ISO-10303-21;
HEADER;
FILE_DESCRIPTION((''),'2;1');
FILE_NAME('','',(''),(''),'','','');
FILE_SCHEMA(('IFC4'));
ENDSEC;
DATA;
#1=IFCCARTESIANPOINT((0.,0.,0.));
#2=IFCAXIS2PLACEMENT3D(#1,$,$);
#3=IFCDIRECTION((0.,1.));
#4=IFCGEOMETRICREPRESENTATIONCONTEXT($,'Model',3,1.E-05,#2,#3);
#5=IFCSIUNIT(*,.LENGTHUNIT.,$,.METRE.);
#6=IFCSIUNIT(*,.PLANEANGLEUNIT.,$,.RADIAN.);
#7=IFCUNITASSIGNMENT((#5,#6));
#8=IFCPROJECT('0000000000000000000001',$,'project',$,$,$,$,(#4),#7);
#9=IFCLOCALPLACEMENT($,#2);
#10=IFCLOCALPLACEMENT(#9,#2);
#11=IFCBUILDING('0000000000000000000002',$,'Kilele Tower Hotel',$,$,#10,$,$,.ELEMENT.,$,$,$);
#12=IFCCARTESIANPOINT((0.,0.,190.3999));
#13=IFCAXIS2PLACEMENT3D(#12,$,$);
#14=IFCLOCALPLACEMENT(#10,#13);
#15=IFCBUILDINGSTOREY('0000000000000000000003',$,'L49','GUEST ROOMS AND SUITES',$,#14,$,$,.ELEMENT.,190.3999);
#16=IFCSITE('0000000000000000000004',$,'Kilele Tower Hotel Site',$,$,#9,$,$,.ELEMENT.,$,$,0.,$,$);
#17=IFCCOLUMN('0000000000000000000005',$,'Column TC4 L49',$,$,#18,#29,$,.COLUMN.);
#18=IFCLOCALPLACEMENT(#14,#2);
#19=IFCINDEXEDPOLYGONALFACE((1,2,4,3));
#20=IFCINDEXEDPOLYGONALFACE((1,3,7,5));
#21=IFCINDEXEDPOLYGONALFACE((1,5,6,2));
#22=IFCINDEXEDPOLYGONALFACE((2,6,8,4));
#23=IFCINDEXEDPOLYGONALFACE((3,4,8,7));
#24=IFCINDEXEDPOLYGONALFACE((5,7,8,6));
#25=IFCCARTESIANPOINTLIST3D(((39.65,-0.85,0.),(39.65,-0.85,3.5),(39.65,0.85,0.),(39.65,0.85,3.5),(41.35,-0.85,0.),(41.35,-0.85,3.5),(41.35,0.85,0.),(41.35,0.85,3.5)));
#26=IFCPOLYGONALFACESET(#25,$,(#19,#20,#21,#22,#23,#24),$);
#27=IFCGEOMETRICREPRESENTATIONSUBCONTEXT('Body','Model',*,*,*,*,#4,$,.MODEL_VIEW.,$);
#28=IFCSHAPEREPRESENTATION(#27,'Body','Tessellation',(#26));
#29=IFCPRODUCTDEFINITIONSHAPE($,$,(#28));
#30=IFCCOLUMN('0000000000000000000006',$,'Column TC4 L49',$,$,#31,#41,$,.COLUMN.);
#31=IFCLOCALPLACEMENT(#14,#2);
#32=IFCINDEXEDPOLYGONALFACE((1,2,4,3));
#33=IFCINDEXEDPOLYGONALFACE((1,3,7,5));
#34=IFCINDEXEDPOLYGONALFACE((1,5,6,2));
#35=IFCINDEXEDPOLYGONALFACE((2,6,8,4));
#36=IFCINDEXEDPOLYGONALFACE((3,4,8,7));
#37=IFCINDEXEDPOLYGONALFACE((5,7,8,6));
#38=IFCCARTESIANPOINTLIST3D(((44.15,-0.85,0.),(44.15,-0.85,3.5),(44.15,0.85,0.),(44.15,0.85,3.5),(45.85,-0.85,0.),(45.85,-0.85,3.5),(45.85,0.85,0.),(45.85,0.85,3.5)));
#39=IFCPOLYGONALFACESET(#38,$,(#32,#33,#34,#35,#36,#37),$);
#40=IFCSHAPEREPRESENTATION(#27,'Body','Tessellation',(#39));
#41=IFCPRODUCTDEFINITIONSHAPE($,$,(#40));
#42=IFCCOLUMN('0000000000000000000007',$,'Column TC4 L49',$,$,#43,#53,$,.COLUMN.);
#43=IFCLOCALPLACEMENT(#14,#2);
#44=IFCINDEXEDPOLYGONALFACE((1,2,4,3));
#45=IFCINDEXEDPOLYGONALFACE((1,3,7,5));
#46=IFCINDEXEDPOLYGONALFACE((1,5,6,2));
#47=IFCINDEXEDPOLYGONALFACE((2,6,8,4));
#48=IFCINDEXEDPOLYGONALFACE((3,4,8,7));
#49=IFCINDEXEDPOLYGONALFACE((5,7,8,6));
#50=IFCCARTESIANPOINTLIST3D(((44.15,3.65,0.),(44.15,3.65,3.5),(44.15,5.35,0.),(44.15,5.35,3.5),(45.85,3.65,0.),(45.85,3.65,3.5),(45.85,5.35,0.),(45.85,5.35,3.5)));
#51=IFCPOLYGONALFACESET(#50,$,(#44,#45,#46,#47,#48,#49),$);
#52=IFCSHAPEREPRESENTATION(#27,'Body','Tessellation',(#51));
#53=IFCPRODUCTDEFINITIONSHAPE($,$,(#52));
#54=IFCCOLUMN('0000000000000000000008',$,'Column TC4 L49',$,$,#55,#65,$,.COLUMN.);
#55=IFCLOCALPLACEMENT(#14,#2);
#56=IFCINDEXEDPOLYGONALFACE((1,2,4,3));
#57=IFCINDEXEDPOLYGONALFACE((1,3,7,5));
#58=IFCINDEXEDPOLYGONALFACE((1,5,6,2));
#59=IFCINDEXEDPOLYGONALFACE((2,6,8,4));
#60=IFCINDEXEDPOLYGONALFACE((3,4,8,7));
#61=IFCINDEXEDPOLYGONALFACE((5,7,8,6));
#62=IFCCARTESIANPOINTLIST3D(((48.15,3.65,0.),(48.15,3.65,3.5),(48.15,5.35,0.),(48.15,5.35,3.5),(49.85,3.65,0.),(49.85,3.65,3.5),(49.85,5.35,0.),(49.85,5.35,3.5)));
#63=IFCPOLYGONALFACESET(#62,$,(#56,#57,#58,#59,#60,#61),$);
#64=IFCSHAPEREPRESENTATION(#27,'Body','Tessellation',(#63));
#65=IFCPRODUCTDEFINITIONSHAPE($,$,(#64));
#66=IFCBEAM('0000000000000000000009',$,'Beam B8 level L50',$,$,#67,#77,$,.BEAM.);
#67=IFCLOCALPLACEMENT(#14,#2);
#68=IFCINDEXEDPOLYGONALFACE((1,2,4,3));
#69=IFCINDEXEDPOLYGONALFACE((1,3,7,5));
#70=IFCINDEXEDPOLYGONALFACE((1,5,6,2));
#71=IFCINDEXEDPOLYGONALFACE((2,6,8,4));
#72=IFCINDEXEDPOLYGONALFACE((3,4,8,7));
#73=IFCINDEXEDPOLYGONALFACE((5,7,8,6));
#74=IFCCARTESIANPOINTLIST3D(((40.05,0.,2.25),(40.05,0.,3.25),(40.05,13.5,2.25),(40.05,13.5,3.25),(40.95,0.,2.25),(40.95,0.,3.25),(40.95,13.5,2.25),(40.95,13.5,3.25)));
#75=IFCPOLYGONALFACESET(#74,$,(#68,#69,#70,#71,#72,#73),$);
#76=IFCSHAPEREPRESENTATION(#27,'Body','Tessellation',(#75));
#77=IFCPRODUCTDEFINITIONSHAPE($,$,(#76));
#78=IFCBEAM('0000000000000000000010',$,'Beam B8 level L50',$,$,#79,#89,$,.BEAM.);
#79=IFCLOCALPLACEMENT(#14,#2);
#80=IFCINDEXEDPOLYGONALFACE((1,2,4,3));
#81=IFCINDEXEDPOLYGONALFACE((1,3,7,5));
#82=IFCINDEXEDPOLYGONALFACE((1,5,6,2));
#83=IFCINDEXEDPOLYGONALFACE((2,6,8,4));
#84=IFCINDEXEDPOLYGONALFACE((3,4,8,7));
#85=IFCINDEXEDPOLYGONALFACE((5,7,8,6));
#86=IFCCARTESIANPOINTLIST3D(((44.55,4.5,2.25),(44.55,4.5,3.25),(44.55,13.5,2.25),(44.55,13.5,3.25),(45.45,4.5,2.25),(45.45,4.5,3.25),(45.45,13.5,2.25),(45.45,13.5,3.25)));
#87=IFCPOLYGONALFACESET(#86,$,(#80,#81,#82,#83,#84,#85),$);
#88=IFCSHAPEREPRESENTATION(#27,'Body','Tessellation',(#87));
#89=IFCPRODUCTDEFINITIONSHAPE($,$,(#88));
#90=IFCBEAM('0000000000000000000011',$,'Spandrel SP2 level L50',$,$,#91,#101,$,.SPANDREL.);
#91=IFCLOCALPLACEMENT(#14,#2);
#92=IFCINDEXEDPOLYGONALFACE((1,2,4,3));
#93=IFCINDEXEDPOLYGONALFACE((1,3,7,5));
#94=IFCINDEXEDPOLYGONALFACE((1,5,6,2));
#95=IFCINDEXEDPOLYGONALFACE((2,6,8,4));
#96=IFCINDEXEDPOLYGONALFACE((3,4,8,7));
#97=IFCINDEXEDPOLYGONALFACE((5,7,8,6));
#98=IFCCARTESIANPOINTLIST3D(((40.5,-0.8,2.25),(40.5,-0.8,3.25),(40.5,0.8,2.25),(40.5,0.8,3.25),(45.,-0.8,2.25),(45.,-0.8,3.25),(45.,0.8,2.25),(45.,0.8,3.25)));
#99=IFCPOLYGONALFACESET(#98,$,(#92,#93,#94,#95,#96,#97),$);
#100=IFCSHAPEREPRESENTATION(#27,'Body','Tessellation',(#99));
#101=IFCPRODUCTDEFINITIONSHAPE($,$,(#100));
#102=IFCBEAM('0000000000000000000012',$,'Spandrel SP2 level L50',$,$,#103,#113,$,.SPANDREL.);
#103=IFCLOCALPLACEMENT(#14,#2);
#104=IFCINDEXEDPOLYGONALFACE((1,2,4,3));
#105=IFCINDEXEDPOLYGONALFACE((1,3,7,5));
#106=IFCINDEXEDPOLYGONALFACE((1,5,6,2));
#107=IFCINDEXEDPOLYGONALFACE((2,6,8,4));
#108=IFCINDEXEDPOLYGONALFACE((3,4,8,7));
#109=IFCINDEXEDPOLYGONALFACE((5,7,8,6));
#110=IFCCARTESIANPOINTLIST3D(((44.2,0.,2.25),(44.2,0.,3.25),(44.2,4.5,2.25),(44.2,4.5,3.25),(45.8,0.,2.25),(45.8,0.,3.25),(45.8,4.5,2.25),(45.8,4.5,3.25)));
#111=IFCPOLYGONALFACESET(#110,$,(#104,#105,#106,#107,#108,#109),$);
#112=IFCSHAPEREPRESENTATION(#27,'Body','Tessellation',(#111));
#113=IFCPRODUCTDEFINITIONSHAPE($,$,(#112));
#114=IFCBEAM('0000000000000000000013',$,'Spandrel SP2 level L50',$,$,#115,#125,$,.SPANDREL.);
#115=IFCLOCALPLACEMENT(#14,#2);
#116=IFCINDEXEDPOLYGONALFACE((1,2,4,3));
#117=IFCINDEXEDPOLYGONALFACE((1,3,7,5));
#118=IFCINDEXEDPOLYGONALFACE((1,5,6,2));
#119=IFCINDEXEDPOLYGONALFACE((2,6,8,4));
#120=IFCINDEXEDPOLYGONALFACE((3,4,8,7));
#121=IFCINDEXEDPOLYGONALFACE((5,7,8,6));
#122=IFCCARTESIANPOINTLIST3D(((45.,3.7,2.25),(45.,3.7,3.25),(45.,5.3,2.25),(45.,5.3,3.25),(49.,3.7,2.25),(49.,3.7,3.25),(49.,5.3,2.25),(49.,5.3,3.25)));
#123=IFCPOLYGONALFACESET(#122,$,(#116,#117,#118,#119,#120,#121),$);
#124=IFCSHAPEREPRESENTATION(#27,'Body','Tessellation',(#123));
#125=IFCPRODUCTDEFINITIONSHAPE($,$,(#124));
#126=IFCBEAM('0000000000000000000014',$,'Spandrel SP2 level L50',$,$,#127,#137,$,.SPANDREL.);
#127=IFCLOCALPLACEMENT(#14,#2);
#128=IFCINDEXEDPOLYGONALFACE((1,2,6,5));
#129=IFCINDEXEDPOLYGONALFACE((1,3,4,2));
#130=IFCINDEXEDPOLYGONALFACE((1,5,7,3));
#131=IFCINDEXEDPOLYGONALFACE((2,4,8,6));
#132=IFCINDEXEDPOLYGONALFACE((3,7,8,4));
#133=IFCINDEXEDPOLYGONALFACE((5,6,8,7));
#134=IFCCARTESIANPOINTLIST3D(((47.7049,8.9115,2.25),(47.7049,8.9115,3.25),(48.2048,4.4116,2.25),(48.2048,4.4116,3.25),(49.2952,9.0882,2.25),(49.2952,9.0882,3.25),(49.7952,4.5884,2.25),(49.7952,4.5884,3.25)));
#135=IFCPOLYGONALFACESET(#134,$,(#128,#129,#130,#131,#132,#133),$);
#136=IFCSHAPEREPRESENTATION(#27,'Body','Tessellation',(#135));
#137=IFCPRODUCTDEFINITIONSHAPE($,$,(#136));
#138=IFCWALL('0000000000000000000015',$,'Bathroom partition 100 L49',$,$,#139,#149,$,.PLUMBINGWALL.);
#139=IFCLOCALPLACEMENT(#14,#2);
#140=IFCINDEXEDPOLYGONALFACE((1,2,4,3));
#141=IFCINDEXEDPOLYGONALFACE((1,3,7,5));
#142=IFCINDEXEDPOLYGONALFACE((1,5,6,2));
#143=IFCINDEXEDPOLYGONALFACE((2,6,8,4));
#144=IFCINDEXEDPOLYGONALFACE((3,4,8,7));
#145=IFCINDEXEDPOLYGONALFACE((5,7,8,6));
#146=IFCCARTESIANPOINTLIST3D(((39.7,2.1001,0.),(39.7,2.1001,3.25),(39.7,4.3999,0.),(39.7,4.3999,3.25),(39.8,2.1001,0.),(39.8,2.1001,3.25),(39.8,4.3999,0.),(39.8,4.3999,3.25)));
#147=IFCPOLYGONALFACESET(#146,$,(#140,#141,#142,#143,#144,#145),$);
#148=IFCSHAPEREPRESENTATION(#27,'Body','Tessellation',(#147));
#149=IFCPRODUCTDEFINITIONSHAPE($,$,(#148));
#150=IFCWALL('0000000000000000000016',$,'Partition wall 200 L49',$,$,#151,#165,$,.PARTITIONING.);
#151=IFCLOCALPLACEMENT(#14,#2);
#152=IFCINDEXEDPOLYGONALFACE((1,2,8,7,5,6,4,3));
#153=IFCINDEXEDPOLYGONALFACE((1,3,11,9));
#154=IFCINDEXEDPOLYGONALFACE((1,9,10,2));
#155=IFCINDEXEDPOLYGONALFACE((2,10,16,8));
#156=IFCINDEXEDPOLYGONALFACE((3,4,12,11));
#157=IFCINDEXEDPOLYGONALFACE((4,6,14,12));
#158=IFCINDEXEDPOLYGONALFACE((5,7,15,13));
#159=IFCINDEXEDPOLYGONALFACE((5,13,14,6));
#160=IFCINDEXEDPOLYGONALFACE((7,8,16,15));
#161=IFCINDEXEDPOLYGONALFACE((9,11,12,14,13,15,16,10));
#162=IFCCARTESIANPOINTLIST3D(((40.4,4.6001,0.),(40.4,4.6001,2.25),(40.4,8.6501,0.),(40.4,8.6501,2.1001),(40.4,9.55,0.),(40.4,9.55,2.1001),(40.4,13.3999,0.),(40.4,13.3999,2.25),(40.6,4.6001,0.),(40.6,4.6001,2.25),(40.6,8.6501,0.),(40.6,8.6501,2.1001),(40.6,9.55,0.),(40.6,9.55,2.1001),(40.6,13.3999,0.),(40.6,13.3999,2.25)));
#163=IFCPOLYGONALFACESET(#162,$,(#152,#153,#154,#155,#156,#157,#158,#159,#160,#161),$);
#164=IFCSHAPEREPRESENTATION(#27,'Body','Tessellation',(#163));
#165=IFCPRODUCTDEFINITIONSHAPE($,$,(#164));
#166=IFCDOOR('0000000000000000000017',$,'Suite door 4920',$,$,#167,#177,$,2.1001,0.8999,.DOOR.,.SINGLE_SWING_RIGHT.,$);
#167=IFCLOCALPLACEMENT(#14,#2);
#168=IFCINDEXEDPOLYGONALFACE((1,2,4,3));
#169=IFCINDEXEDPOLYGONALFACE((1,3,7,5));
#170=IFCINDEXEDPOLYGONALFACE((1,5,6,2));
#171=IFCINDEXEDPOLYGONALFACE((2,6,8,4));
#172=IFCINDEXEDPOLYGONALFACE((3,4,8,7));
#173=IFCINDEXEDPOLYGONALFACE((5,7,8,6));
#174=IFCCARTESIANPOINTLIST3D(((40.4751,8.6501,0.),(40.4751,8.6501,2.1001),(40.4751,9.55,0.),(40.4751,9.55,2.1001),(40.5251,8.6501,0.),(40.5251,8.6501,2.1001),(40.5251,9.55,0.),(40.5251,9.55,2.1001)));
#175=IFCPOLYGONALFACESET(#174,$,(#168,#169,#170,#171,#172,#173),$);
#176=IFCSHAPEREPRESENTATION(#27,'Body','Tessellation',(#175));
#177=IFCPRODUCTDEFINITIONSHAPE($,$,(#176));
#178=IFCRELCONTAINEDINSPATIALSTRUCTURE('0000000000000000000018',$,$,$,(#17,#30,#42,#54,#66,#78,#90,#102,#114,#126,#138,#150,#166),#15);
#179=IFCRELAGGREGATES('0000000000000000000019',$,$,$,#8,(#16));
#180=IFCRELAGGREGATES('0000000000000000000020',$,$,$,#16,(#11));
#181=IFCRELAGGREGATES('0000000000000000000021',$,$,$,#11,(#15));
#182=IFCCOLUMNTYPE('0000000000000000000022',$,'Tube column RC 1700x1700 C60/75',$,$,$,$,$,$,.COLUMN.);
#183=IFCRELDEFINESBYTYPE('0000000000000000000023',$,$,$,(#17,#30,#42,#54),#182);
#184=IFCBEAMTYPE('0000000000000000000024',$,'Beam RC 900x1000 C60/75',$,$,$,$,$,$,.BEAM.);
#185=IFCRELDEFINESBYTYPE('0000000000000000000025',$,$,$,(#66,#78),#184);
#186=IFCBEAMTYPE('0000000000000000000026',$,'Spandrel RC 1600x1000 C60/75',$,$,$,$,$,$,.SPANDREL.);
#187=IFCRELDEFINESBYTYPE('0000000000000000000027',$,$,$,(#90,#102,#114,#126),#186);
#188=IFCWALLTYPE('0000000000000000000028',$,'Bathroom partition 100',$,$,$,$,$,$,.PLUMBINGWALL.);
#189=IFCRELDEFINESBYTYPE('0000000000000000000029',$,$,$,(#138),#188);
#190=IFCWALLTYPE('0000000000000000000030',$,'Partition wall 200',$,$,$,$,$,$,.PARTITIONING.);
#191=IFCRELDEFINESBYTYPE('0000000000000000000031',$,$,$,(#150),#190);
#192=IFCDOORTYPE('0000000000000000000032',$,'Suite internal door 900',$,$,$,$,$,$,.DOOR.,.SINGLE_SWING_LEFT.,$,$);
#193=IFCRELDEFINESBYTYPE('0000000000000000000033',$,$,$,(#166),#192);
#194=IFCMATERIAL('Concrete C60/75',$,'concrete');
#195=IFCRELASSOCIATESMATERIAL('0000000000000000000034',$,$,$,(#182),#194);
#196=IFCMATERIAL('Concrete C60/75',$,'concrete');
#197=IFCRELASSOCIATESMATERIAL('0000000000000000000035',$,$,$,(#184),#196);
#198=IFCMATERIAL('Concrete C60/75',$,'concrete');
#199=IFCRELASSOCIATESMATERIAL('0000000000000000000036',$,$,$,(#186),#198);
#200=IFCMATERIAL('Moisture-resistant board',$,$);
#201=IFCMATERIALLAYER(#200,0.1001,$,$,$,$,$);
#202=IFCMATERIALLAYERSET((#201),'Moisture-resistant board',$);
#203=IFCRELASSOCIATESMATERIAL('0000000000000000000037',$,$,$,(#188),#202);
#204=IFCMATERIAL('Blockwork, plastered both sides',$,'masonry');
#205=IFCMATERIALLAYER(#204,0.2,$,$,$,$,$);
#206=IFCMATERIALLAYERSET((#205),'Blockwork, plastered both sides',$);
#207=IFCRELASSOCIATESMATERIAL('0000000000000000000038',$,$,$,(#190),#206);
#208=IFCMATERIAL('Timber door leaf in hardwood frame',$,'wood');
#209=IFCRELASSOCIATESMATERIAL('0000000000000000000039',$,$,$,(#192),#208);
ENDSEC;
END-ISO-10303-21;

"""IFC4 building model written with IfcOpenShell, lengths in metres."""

from ifc_helpers import new_model, si_unit, direction, frame, frame_2d, origin, origin_2d, place, context, subcontext, project, spatial, rectangle, extrude, material, layer, layer_set, material_profile, profile_set, type_object, element, fill, save


model = new_model("IFC4")

# Units and contexts
model_context = context("Model", 3, precision=1e-05, world=origin(), true_north=direction((0.0, 1.0)))
body_context = subcontext(model_context, "Body", "Model", "MODEL_VIEW")
ifc_project = project(units=[si_unit("LENGTHUNIT", "METRE"), si_unit("PLANEANGLEUNIT", "RADIAN")], contexts=[model_context])

# Site, building, storey
site_placement = place(None, origin())
site = spatial("IfcSite", under=ifc_project, at=site_placement, Name="Kilele Tower Hotel Site", CompositionType="ELEMENT", RefElevation=0.0)
building_placement = place(site_placement, origin())
building = spatial("IfcBuilding", under=site, at=building_placement, Name="Kilele Tower Hotel", CompositionType="ELEMENT")
storey_placement = place(building_placement, frame((0.0, 0.0, 190.3999)))
storey = spatial("IfcBuildingStorey", under=building, at=storey_placement, Name="L49", Description="GUEST ROOMS AND SUITES", CompositionType="ELEMENT", Elevation=190.3999)

# Columns
ifc_material_1 = material(Name="Concrete C60/75", Category="concrete")
ifc_material_profile_1 = material_profile(ifc_material_1, rectangle(XDim=1.7, YDim=1.7, at=origin_2d()))
ifc_profile_set_1 = profile_set([ifc_material_profile_1], Name="Concrete C60/75")
column_type = type_object("IfcColumnType", Name="Tube column RC 1700x1700 C60/75", PredefinedType="COLUMN", material=ifc_profile_set_1)
for number, where, z_axis, x_axis, name in (
    (1, (40.5, 0.0, 0.0), (0.0, 0.0, 1.0), (1.0, 0.0, 0.0), "Column TC4 L49"),
    (2, (45.0, 0.0, 0.0), (0.0, 0.0, 1.0), (1.0, 0.0, 0.0), "Column TC4 L49"),
    (3, (45.0, 4.5, 0.0), (0.0, 0.0, 1.0), (1.0, 0.0, 0.0), "Column TC4 L49"),
    (4, (49.0, 4.5, 0.0), (0.0, 0.0, 1.0), (1.0, 0.0, 0.0), "Column TC4 L49"),
):
    element("IfcColumn", number, at=place(storey_placement, frame(where, z_axis=z_axis, x_axis=x_axis)), inside=storey, type_object=column_type, Name=name, PredefinedType="COLUMN", context=body_context, shape_type="SweptSolid", body=[
        extrude(rectangle(XDim=1.7, YDim=1.7, at=origin_2d()), origin(), (0.0, 0.0, 1.0), 3.5),
    ])

# Beams
ifc_material_2 = material(Name="Concrete C60/75", Category="concrete")
ifc_material_profile_2 = material_profile(ifc_material_2, rectangle(XDim=0.8999, YDim=1.0, at=origin_2d()))
ifc_profile_set_2 = profile_set([ifc_material_profile_2], Name="Concrete C60/75")
beam_type_1 = type_object("IfcBeamType", Name="Beam RC 900x1000 C60/75", PredefinedType="BEAM", material=ifc_profile_set_2)
beam_1_placement = place(storey_placement, frame((40.5, 0.0, 2.75), z_axis=(0.0, 1.0, 0.0), x_axis=(-1.0, 0.0, 0.0)))
element("IfcBeam", 5, at=beam_1_placement, inside=storey, type_object=beam_type_1, Name="Beam B8 level L50", PredefinedType="BEAM", context=body_context, shape_type="SweptSolid", body=[
    extrude(rectangle(XDim=0.8999, YDim=1.0, at=origin_2d()), origin(), (0.0, 0.0, 1.0), 13.5),
])
beam_2_placement = place(storey_placement, frame((45.0, 4.5, 2.75), z_axis=(0.0, 1.0, 0.0), x_axis=(-1.0, 0.0, 0.0)))
element("IfcBeam", 6, at=beam_2_placement, inside=storey, type_object=beam_type_1, Name="Beam B8 level L50", PredefinedType="BEAM", context=body_context, shape_type="SweptSolid", body=[
    extrude(rectangle(XDim=0.8999, YDim=1.0, at=origin_2d()), origin(), (0.0, 0.0, 1.0), 9.0),
])
ifc_material_3 = material(Name="Concrete C60/75", Category="concrete")
ifc_material_profile_3 = material_profile(ifc_material_3, rectangle(XDim=1.6001, YDim=1.0, at=origin_2d()))
ifc_profile_set_3 = profile_set([ifc_material_profile_3], Name="Concrete C60/75")
beam_type_2 = type_object("IfcBeamType", Name="Spandrel RC 1600x1000 C60/75", PredefinedType="SPANDREL", material=ifc_profile_set_3)
for number, where, z_axis, x_axis, name in (
    (7, (40.5, 0.0, 2.75), (1.0, 0.0, 0.0), (0.0, 1.0, 0.0), "Spandrel SP2 level L50"),
    (8, (45.0, 0.0, 2.75), (0.0, 1.0, 0.0), (-1.0, 0.0, 0.0), "Spandrel SP2 level L50"),
):
    element("IfcBeam", number, at=place(storey_placement, frame(where, z_axis=z_axis, x_axis=x_axis)), inside=storey, type_object=beam_type_2, Name=name, PredefinedType="SPANDREL", context=body_context, shape_type="SweptSolid", body=[
        extrude(rectangle(XDim=1.6001, YDim=1.0, at=origin_2d()), origin(), (0.0, 0.0, 1.0), 4.5),
    ])
beam_3_placement = place(storey_placement, frame((45.0, 4.5, 2.75), z_axis=(1.0, 0.0, 0.0), x_axis=(0.0, 1.0, 0.0)))
element("IfcBeam", 9, at=beam_3_placement, inside=storey, type_object=beam_type_2, Name="Spandrel SP2 level L50", PredefinedType="SPANDREL", context=body_context, shape_type="SweptSolid", body=[
    extrude(rectangle(XDim=1.6001, YDim=1.0, at=origin_2d()), origin(), (0.0, 0.0, 1.0), 4.0),
])
beam_4_placement = place(storey_placement, frame((49.0, 4.5, 2.75), z_axis=(-0.110432, 0.993884, 0.0), x_axis=(-0.993884, -0.110432, 0.0)))
element("IfcBeam", 10, at=beam_4_placement, inside=storey, type_object=beam_type_2, Name="Spandrel SP2 level L50", PredefinedType="SPANDREL", context=body_context, shape_type="SweptSolid", body=[
    extrude(rectangle(XDim=1.6001, YDim=1.0, at=origin_2d()), origin(), (0.0, 0.0, 1.0), 4.5276),
])

# Wall
ifc_material_4 = material(Name="Moisture-resistant board")
ifc_layer_1 = layer(ifc_material_4, 0.1001)
ifc_layer_set_1 = layer_set([ifc_layer_1], Name="Moisture-resistant board")
wall_type_1 = type_object("IfcWallType", Name="Bathroom partition 100", PredefinedType="PLUMBINGWALL", material=ifc_layer_set_1)
wall_1_placement = place(storey_placement, frame((39.75, 4.3999, 0.0), z_axis=(0.0, 0.0, 1.0), x_axis=(0.0, -1.0, 0.0)))
element("IfcWall", 11, at=wall_1_placement, inside=storey, type_object=wall_type_1, Name="Bathroom partition 100 L49", PredefinedType="PLUMBINGWALL", context=body_context, shape_type="SweptSolid", body=[
    extrude(rectangle(XDim=2.2998, YDim=0.1001, at=frame_2d((1.1499, 0.0))), origin(), (0.0, 0.0, 1.0), 3.25),
])

# Wall, opening, door
ifc_material_5 = material(Name="Blockwork, plastered both sides", Category="masonry")
ifc_layer_2 = layer(ifc_material_5, 0.2)
ifc_layer_set_2 = layer_set([ifc_layer_2], Name="Blockwork, plastered both sides")
wall_type_2 = type_object("IfcWallType", Name="Partition wall 200", PredefinedType="PARTITIONING", material=ifc_layer_set_2)
wall_2_placement = place(storey_placement, frame((40.5, 4.6001, 0.0), z_axis=(0.0, 0.0, 1.0), x_axis=(0.0, 1.0, 0.0)))
wall_2 = element("IfcWall", 12, at=wall_2_placement, inside=storey, type_object=wall_type_2, Name="Partition wall 200 L49", PredefinedType="PARTITIONING", context=body_context, shape_type="SweptSolid", body=[
    extrude(rectangle(XDim=8.7998, YDim=0.2, at=frame_2d((4.3999, 0.0))), origin(), (0.0, 0.0, 1.0), 2.25),
])
opening_1_placement = place(wall_2_placement, frame((4.05, 0.0, 0.0)))
opening_1 = element("IfcOpeningElement", 13, at=opening_1_placement, cuts=wall_2, PredefinedType="OPENING", context=body_context, shape_type="SweptSolid", body=[
    extrude(rectangle(XDim=0.8999, YDim=2.1001, at=frame_2d((0.45, 1.05))), frame((0.0, 0.1099, 0.0), z_axis=(0.0, -1.0, 0.0), x_axis=(1.0, 0.0, 0.0)), (0.0, 0.0, 1.0), 0.22),
])
ifc_material_6 = material(Name="Timber door leaf in hardwood frame", Category="wood")
door_type = type_object("IfcDoorType", Name="Suite internal door 900", OperationType="SINGLE_SWING_LEFT", PredefinedType="DOOR", material=ifc_material_6)
door_placement = place(opening_1_placement, origin())
door = element("IfcDoor", 14, at=door_placement, inside=storey, type_object=door_type, Name="Suite door 4920", OperationType="SINGLE_SWING_RIGHT", OverallHeight=2.1001, OverallWidth=0.8999, PredefinedType="DOOR", context=body_context, shape_type="SweptSolid", body=[
    extrude(rectangle(XDim=0.8999, YDim=2.1001, at=frame_2d((0.45, 1.05))), frame((0.0, 0.0249, 0.0), z_axis=(0.0, -1.0, 0.0), x_axis=(1.0, 0.0, 0.0)), (0.0, 0.0, 1.0), 0.05),
])
fill(opening_1, door)

save(model, "model.ifc")
